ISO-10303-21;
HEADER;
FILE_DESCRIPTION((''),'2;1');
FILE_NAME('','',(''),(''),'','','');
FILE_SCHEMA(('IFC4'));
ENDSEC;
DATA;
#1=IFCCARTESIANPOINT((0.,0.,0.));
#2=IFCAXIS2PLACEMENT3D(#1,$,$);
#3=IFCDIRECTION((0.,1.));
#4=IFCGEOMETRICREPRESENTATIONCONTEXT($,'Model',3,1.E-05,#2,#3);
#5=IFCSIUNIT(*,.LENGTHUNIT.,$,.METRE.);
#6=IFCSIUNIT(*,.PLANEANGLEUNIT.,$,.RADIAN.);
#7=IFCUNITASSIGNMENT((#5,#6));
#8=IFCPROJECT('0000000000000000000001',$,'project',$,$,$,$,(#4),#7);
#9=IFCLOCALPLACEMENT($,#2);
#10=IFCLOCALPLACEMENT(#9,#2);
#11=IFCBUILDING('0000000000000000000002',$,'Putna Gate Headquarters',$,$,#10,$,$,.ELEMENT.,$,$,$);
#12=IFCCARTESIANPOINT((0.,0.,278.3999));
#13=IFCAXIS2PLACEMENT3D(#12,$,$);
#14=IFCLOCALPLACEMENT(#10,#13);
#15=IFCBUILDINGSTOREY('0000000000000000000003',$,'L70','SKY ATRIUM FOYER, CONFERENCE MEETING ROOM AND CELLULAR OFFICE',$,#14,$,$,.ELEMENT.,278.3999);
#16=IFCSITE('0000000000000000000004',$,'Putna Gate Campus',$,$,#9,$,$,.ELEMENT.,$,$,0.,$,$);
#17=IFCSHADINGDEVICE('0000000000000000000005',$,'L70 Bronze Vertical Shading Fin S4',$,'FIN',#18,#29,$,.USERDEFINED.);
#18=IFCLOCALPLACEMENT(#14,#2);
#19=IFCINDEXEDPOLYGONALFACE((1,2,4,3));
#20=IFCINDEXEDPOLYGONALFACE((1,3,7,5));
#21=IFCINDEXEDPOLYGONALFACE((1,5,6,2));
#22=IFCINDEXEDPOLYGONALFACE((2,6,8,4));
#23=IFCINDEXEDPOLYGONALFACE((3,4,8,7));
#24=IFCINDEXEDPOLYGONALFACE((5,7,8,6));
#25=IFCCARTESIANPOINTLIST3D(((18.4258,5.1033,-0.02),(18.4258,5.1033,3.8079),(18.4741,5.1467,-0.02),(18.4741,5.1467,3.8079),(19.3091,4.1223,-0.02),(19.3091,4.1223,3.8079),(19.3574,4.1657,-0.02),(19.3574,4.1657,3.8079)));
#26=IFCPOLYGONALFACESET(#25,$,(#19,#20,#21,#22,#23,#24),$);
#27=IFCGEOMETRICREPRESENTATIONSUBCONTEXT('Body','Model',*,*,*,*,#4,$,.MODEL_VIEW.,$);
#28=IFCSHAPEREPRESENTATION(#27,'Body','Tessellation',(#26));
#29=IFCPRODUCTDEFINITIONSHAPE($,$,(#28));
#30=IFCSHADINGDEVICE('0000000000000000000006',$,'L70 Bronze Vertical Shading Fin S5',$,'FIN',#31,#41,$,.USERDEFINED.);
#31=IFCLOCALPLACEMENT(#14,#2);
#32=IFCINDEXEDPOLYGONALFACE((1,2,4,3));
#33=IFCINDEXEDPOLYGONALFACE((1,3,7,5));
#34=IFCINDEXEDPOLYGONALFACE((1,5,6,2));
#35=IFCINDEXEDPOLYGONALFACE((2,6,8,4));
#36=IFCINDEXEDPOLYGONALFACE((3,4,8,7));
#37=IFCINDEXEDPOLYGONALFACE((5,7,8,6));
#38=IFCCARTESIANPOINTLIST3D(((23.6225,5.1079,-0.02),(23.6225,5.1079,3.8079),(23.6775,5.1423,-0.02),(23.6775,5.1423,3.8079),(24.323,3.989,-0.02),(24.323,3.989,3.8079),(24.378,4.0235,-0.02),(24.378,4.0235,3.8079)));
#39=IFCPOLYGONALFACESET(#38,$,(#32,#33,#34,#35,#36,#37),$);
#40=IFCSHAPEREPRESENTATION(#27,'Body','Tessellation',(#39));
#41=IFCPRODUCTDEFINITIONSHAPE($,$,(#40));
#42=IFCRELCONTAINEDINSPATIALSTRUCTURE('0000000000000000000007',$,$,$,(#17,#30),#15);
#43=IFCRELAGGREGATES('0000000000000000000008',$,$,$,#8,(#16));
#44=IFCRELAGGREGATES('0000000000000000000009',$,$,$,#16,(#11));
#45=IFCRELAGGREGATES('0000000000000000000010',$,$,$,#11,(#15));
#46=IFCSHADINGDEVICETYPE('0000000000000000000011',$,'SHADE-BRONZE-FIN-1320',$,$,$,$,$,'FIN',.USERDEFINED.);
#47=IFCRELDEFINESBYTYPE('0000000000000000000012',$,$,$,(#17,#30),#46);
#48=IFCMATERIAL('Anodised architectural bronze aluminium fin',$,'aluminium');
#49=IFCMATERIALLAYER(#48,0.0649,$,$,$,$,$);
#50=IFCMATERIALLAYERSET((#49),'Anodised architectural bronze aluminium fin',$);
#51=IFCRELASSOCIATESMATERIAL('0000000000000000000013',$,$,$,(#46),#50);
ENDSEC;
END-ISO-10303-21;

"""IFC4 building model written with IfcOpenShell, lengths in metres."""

from ifc_helpers import new_model, si_unit, direction, frame, origin, origin_2d, place, context, subcontext, project, spatial, rectangle, extrude, material, layer, layer_set, type_object, element, save


model = new_model("IFC4")

# Units and contexts
model_context = context("Model", 3, precision=1e-05, world=origin(), true_north=direction((0.0, 1.0)))
body_context = subcontext(model_context, "Body", "Model", "MODEL_VIEW")
ifc_project = project(units=[si_unit("LENGTHUNIT", "METRE"), si_unit("PLANEANGLEUNIT", "RADIAN")], contexts=[model_context])

# Site, building, storey
site_placement = place(None, origin())
site = spatial("IfcSite", under=ifc_project, at=site_placement, Name="Putna Gate Campus", CompositionType="ELEMENT", RefElevation=0.0)
building_placement = place(site_placement, origin())
building = spatial("IfcBuilding", under=site, at=building_placement, Name="Putna Gate Headquarters", CompositionType="ELEMENT")
storey_placement = place(building_placement, frame((0.0, 0.0, 278.3999)))
storey = spatial("IfcBuildingStorey", under=building, at=storey_placement, Name="L70", Description="SKY ATRIUM FOYER, CONFERENCE MEETING ROOM AND CELLULAR OFFICE", CompositionType="ELEMENT", Elevation=278.3999)

# Shading devices
ifc_material_1 = material(Name="Anodised architectural bronze aluminium fin", Category="aluminium")
ifc_layer_1 = layer(ifc_material_1, 0.0649)
ifc_layer_set_1 = layer_set([ifc_layer_1], Name="Anodised architectural bronze aluminium fin")
shading_device_type = type_object("IfcShadingDeviceType", Name="SHADE-BRONZE-FIN-1320", ElementType="FIN", PredefinedType="USERDEFINED", material=ifc_layer_set_1)
for number, where, z_axis, x_axis, name in (
    (1, (18.8916, 4.6345, -0.02), (0.0, 0.0, 1.0), (0.669131, -0.743145, 0.0), "L70 Bronze Vertical Shading Fin S4"),
    (2, (24.0002, 4.5657, -0.02), (0.0, 0.0, 1.0), (0.530659, -0.847585, 0.0), "L70 Bronze Vertical Shading Fin S5"),
):
    element("IfcShadingDevice", number, at=place(storey_placement, frame(where, z_axis=z_axis, x_axis=x_axis)), inside=storey, type_object=shading_device_type, Name=name, ObjectType="FIN", PredefinedType="USERDEFINED", context=body_context, shape_type="SweptSolid", body=[
        extrude(rectangle(XDim=1.3201, YDim=0.0649, at=origin_2d()), origin(), (0.0, 0.0, 1.0), 3.8279),
    ])

save(model, "model.ifc")
